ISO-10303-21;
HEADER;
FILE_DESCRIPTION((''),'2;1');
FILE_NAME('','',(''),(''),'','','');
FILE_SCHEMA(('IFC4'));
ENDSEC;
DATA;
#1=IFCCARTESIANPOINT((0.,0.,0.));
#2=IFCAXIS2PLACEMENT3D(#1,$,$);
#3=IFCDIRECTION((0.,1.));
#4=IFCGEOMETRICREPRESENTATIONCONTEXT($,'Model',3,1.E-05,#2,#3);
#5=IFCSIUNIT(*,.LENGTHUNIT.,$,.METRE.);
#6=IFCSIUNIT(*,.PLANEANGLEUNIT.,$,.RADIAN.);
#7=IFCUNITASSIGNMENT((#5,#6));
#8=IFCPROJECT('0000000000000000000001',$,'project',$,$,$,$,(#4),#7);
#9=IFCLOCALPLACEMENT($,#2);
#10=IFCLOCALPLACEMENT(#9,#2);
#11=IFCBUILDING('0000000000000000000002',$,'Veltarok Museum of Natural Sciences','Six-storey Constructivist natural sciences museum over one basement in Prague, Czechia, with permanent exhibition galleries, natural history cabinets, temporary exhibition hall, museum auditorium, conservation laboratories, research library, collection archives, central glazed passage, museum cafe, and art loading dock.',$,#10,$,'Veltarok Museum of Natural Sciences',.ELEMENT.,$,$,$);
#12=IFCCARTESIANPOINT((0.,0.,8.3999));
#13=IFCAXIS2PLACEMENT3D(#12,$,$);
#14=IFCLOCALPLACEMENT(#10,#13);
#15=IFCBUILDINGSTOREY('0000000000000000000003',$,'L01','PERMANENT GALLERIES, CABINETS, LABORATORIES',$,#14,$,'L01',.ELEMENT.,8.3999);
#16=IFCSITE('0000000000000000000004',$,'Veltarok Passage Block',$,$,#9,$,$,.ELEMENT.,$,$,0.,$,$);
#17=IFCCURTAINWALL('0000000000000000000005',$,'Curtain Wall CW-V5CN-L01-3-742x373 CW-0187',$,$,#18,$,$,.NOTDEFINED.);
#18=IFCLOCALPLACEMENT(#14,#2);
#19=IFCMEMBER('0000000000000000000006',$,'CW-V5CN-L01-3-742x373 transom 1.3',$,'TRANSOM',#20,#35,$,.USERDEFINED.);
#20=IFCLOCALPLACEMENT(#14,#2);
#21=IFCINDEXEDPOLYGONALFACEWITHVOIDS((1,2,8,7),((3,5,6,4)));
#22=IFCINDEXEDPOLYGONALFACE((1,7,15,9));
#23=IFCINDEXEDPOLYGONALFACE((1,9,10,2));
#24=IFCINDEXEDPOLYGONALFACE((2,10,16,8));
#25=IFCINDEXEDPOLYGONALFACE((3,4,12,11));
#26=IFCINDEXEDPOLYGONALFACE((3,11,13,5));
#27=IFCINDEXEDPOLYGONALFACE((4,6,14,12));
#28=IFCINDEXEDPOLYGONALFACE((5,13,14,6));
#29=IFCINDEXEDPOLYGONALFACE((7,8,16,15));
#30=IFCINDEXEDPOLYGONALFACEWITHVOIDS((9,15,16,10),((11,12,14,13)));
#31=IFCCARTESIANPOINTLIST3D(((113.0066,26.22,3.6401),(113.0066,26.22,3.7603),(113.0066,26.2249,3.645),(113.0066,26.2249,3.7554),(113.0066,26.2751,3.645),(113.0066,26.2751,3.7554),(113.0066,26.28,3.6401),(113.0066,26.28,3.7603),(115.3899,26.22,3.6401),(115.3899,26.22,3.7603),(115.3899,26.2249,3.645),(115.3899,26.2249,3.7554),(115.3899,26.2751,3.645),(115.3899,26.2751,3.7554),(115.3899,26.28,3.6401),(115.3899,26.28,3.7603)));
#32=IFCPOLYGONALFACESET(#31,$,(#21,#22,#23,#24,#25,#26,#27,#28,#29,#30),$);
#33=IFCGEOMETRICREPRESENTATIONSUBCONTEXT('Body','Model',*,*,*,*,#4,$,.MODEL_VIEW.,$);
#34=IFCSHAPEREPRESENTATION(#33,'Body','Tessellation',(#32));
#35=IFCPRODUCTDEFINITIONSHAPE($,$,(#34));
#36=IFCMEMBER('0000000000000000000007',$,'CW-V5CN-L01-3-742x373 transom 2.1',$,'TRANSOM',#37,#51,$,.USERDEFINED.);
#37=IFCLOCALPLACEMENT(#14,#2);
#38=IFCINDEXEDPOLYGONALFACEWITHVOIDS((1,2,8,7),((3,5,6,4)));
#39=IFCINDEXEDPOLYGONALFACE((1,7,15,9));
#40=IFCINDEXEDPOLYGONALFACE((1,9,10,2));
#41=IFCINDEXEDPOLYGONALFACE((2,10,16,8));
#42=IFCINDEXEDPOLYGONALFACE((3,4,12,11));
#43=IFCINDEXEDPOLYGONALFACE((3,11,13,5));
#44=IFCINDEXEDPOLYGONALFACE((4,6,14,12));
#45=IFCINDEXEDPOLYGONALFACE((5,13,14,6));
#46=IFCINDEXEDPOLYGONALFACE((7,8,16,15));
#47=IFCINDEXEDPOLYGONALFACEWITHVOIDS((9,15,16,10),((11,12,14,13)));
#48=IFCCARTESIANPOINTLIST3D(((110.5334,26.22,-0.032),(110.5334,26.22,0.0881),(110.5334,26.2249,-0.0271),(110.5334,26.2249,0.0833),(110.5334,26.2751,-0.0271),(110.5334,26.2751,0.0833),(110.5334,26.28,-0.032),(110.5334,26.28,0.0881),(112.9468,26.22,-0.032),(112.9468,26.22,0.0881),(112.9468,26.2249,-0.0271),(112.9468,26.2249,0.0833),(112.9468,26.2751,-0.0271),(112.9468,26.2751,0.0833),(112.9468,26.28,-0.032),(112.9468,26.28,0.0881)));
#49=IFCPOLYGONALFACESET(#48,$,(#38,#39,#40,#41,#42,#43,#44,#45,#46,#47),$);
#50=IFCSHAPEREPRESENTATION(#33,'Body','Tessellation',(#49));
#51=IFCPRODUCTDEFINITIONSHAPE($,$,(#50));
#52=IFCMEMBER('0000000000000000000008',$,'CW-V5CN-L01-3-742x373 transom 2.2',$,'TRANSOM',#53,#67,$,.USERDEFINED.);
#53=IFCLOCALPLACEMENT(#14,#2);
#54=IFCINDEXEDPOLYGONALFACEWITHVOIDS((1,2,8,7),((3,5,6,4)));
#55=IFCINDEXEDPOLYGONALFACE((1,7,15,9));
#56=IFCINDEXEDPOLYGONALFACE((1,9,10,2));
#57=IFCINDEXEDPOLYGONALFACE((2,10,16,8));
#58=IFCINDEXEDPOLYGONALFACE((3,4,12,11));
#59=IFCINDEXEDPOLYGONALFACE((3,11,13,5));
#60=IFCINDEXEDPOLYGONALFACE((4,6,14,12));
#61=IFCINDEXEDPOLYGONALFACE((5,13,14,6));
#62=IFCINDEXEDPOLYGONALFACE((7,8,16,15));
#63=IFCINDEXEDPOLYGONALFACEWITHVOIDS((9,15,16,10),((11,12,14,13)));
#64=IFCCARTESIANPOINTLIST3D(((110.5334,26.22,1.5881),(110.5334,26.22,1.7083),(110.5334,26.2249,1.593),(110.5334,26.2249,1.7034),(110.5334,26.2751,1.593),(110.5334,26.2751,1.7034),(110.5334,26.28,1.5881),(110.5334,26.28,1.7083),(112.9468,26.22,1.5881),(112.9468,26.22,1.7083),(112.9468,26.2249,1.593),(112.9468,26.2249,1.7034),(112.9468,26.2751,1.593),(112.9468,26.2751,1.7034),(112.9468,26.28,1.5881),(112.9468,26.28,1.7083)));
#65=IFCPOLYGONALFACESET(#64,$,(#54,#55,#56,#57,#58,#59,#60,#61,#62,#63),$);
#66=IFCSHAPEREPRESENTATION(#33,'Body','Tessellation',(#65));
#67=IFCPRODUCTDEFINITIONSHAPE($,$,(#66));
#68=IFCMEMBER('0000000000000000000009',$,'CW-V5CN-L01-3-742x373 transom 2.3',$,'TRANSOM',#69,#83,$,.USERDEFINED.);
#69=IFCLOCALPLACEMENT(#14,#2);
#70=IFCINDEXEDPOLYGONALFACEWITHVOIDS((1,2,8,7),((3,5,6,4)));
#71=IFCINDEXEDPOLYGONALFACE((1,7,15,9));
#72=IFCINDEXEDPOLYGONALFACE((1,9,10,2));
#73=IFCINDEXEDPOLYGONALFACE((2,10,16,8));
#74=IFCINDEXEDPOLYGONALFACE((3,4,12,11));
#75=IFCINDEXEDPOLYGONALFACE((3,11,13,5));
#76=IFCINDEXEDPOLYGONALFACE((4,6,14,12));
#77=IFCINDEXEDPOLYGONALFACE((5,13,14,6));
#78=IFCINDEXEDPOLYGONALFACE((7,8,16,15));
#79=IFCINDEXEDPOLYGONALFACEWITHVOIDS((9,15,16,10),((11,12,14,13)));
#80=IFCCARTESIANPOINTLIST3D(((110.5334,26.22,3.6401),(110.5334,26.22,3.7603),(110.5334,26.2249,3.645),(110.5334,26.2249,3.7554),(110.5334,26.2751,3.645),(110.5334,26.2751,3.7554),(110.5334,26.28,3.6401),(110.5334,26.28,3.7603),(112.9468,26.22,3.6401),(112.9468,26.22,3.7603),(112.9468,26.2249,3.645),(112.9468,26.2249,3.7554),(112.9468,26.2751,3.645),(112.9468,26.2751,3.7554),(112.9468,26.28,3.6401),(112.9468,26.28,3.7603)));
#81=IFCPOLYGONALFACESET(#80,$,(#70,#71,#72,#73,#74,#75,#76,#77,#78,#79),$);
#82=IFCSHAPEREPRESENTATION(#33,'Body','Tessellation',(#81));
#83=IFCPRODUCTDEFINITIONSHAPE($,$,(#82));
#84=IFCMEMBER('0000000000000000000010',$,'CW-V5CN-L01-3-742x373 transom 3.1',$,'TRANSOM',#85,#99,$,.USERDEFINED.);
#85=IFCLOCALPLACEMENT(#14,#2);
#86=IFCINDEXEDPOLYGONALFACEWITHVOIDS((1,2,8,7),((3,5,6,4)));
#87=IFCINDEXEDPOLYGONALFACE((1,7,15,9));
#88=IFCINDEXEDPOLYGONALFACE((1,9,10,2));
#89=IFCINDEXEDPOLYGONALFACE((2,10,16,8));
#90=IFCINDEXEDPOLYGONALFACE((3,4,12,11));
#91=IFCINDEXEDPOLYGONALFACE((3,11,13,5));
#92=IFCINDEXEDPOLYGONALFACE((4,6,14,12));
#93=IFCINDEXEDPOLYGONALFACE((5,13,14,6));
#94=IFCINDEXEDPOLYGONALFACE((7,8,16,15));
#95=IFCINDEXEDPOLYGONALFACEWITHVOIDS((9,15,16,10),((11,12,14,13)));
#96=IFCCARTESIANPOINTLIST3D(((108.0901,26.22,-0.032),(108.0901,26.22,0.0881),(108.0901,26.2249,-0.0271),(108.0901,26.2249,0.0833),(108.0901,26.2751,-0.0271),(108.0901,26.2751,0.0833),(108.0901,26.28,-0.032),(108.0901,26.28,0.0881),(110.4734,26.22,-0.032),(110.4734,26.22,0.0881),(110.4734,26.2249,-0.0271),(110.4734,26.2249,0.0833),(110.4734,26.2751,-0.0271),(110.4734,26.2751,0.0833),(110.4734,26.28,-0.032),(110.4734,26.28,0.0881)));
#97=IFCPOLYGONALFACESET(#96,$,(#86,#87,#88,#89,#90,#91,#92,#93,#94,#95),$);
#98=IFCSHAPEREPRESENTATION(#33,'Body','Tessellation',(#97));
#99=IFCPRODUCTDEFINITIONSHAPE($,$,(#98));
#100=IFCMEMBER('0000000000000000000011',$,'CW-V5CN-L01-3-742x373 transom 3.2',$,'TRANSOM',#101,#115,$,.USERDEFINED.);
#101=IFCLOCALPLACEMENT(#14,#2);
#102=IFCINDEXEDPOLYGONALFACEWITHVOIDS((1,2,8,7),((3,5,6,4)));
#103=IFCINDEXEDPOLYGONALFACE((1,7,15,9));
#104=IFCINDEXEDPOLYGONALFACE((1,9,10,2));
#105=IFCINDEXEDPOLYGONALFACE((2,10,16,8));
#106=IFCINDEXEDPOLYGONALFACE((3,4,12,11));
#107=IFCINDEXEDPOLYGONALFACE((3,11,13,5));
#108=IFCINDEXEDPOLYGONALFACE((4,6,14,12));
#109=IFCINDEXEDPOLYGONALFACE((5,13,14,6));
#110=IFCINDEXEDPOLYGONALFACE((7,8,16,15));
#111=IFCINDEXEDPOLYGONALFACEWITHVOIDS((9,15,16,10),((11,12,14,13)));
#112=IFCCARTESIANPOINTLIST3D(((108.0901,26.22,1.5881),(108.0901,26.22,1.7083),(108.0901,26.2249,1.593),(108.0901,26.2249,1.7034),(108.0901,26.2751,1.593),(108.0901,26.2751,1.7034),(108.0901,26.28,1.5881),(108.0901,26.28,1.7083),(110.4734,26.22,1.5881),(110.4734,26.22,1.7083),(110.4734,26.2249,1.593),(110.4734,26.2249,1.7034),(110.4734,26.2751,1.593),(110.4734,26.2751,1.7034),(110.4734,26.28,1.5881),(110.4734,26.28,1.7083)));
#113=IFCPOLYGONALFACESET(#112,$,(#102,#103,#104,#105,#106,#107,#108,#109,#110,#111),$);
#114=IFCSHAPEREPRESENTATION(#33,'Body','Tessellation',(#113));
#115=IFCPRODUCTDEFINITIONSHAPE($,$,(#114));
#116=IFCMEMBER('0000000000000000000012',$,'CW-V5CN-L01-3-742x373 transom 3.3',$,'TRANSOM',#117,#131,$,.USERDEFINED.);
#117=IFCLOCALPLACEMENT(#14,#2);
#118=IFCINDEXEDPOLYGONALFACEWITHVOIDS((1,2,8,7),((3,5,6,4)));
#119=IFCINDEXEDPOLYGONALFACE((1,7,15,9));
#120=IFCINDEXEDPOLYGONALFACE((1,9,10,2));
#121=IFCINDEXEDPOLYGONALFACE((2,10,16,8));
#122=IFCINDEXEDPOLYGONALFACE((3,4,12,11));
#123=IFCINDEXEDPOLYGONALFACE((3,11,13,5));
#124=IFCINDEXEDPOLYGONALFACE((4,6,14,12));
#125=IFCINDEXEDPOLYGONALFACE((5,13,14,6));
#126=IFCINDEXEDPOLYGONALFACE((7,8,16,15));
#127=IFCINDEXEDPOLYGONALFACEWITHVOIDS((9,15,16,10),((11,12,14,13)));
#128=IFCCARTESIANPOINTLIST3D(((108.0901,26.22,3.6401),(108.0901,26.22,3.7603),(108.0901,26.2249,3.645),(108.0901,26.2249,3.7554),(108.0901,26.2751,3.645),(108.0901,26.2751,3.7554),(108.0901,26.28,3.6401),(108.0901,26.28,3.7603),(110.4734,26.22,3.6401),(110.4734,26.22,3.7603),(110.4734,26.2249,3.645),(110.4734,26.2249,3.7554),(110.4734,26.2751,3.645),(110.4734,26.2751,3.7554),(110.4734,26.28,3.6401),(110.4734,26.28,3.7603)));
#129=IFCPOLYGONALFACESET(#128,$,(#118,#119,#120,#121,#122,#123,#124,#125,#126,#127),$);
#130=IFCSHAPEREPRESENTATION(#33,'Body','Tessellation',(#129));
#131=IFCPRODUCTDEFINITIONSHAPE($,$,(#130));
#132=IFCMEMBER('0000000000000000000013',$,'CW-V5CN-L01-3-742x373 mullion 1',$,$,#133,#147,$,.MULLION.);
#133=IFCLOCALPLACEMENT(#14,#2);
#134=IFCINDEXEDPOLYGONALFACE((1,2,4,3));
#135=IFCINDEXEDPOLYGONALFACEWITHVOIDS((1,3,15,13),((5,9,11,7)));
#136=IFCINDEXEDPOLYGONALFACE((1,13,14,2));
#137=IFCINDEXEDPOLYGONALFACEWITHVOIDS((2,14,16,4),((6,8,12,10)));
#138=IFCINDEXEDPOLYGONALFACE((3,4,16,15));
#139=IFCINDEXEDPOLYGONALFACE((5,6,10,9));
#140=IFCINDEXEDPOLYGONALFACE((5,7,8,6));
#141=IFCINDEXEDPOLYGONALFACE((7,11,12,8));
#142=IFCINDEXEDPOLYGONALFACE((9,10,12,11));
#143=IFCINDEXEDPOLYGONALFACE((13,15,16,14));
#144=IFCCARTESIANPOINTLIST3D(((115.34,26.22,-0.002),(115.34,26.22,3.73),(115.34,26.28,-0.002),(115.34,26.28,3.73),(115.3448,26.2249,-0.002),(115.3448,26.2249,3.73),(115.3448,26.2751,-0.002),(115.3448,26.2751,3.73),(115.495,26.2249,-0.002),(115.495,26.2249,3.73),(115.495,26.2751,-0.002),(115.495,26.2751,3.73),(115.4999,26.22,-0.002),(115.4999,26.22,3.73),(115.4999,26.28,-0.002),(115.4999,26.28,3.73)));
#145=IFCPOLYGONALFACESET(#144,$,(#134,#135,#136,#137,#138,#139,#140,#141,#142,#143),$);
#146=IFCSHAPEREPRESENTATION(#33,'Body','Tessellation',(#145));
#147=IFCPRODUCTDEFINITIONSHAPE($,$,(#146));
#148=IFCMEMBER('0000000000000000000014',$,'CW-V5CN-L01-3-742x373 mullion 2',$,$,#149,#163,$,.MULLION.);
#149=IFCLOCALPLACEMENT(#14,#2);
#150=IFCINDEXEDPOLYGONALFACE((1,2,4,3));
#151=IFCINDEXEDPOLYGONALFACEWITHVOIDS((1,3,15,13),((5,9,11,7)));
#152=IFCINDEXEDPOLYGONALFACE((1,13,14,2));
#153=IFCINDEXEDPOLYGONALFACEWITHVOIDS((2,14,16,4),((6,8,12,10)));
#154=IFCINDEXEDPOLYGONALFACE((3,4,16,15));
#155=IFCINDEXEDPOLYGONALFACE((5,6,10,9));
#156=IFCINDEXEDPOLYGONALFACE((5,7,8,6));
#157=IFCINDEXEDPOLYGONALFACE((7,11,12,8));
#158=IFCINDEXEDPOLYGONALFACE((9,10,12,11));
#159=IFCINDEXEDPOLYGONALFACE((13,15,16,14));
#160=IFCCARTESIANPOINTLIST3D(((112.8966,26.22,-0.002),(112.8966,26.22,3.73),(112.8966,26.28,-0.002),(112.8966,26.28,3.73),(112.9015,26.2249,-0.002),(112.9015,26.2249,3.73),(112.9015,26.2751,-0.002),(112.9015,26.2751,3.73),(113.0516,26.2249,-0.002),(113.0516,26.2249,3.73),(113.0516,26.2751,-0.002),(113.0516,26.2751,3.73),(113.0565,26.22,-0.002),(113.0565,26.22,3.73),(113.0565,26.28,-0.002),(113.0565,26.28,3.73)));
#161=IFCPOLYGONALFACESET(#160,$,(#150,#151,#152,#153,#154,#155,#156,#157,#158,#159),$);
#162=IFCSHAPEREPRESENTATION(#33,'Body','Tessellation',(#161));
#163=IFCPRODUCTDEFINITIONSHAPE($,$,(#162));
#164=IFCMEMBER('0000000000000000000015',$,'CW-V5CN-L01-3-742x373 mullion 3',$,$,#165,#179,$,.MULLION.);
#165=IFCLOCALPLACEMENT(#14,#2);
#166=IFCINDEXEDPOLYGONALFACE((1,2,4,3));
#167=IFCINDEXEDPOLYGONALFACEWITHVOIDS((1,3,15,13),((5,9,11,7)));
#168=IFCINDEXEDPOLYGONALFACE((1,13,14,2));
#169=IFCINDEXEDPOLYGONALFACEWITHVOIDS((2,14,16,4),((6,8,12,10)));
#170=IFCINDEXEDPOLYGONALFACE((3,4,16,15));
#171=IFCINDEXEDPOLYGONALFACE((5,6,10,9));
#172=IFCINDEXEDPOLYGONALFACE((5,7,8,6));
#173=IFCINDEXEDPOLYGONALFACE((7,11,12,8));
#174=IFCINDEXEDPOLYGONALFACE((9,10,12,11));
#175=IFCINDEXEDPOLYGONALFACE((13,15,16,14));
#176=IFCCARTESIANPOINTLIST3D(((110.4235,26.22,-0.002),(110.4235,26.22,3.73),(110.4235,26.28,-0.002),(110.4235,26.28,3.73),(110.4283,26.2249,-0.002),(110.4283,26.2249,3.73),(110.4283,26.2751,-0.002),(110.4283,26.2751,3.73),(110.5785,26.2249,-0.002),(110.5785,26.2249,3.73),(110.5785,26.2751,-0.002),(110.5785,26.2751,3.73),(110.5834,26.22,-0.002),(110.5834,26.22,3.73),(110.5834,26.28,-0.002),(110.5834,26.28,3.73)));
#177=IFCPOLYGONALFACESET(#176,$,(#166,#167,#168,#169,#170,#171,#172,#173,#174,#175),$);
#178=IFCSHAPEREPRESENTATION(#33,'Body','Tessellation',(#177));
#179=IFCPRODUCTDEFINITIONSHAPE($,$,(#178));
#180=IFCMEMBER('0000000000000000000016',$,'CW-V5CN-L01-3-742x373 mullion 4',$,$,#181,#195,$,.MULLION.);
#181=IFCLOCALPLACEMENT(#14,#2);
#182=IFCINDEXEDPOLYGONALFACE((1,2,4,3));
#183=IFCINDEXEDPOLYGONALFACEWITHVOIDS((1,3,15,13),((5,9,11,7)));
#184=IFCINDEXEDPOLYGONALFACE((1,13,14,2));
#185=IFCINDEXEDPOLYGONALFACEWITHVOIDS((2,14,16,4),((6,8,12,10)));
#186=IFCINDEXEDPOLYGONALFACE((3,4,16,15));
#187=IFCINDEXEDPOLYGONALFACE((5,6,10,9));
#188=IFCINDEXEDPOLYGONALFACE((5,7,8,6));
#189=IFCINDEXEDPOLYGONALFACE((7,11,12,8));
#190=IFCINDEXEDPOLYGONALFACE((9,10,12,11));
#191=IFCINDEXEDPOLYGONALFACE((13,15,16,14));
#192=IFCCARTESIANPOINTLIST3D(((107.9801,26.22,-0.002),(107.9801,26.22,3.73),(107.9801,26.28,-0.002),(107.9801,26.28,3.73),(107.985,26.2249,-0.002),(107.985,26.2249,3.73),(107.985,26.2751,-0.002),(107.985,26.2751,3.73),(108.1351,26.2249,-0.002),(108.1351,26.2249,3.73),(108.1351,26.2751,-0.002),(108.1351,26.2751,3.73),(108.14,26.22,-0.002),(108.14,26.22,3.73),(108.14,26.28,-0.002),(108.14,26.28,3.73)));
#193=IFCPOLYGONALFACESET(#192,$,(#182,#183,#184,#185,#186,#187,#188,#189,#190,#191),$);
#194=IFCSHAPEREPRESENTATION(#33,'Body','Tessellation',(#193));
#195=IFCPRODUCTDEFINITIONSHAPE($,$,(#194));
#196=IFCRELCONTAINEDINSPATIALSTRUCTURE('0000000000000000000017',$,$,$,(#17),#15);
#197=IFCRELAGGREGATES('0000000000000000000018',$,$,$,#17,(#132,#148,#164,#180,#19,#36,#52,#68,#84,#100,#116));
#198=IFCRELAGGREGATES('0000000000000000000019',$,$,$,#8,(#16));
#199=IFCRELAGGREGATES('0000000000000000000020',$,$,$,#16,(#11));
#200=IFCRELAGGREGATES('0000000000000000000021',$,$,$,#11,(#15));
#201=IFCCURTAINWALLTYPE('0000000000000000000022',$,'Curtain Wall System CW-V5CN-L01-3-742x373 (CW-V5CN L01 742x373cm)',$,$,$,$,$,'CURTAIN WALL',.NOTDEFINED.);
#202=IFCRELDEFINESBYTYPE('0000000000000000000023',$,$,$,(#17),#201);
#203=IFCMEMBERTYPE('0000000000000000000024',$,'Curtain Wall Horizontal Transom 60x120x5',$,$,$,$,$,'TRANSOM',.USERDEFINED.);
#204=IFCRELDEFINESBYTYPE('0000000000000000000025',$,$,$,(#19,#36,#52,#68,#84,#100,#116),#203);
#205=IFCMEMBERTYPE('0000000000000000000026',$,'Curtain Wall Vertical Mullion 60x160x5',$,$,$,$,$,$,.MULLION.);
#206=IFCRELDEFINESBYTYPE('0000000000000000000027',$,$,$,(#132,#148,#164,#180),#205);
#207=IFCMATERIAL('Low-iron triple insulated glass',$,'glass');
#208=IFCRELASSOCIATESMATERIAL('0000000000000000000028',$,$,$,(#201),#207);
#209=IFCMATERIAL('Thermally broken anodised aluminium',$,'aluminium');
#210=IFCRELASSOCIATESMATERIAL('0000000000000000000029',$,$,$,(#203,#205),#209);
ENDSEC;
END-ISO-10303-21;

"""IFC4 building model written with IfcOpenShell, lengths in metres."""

from ifc_helpers import new_model, si_unit, direction, frame, origin, origin_2d, place, context, subcontext, project, spatial, hollow_rectangle, extrude, material, material_profile, profile_set, type_object, element, aggregate, save


model = new_model("IFC4")

# Units and contexts
model_context = context("Model", 3, precision=1e-05, world=origin(), true_north=direction((0.0, 1.0)))
body_context = subcontext(model_context, "Body", "Model", "MODEL_VIEW")
ifc_project = project(units=[si_unit("LENGTHUNIT", "METRE"), si_unit("PLANEANGLEUNIT", "RADIAN")], contexts=[model_context])

# Site, building, storey
site_placement = place(None, origin())
site = spatial("IfcSite", under=ifc_project, at=site_placement, Name="Veltarok Passage Block", CompositionType="ELEMENT", RefElevation=0.0)
building_placement = place(site_placement, origin())
building = spatial("IfcBuilding", under=site, at=building_placement, Name="Veltarok Museum of Natural Sciences", Description="Six-storey Constructivist natural sciences museum over one basement in Prague, Czechia, with permanent exhibition galleries, natural history cabinets, temporary exhibition hall, museum auditorium, conservation laboratories, research library, collection archives, central glazed passage, museum cafe, and art loading dock.", LongName="Veltarok Museum of Natural Sciences", CompositionType="ELEMENT")
storey_placement = place(building_placement, frame((0.0, 0.0, 8.3999)))
storey = spatial("IfcBuildingStorey", under=building, at=storey_placement, Name="L01", Description="PERMANENT GALLERIES, CABINETS, LABORATORIES", LongName="L01", CompositionType="ELEMENT", Elevation=8.3999)

# Curtain wall, members
ifc_material_1 = material(Name="Low-iron triple insulated glass", Category="glass")
curtain_wall_type_1 = type_object("IfcCurtainWallType", Name="Curtain Wall System CW-V5CN-L01-3-742x373 (CW-V5CN L01 742x373cm)", ElementType="CURTAIN WALL", PredefinedType="NOTDEFINED", material=ifc_material_1)
curtain_wall_1_placement = place(storey_placement, origin())
curtain_wall_1 = element("IfcCurtainWall", 1, at=curtain_wall_1_placement, inside=storey, type_object=curtain_wall_type_1, Name="Curtain Wall CW-V5CN-L01-3-742x373 CW-0187", PredefinedType="NOTDEFINED")
ifc_material_2 = material(Name="Thermally broken anodised aluminium", Category="aluminium")
ifc_material_profile_1 = material_profile(ifc_material_2, hollow_rectangle(XDim=0.0601, YDim=0.1201, WallThickness=0.0049, at=origin_2d()), Name="CW TRANSOM 60x120x5")
ifc_profile_set_1 = profile_set([ifc_material_profile_1], Name="Thermally broken anodised aluminium")
member_type_1 = type_object("IfcMemberType", Name="Curtain Wall Horizontal Transom 60x120x5", ElementType="TRANSOM", PredefinedType="USERDEFINED", material=ifc_profile_set_1)
member_1_placement = place(storey_placement, frame((115.3899, 26.25, 3.7002), z_axis=(-1.0, 0.0, 0.0), x_axis=(0.0, -1.0, 0.0)))
member_1 = element("IfcMember", 2, at=member_1_placement, type_object=member_type_1, Name="CW-V5CN-L01-3-742x373 transom 1.3", ObjectType="TRANSOM", PredefinedType="USERDEFINED", context=body_context, shape_type="SweptSolid", body=[
    extrude(hollow_rectangle(XDim=0.0601, YDim=0.1201, WallThickness=0.0049, at=origin_2d()), origin(), (0.0, 0.0, 1.0), 2.3833),
])
member_2_placement = place(storey_placement, frame((112.9468, 26.25, 0.0281), z_axis=(-1.0, 0.0, 0.0), x_axis=(0.0, -1.0, 0.0)))
member_2 = element("IfcMember", 3, at=member_2_placement, type_object=member_type_1, Name="CW-V5CN-L01-3-742x373 transom 2.1", ObjectType="TRANSOM", PredefinedType="USERDEFINED", context=body_context, shape_type="SweptSolid", body=[
    extrude(hollow_rectangle(XDim=0.0601, YDim=0.1201, WallThickness=0.0049, at=origin_2d()), origin(), (0.0, 0.0, 1.0), 2.4133),
])
member_3_placement = place(storey_placement, frame((112.9468, 26.25, 1.6482), z_axis=(-1.0, 0.0, 0.0), x_axis=(0.0, -1.0, 0.0)))
member_3 = element("IfcMember", 4, at=member_3_placement, type_object=member_type_1, Name="CW-V5CN-L01-3-742x373 transom 2.2", ObjectType="TRANSOM", PredefinedType="USERDEFINED", context=body_context, shape_type="SweptSolid", body=[
    extrude(hollow_rectangle(XDim=0.0601, YDim=0.1201, WallThickness=0.0049, at=origin_2d()), origin(), (0.0, 0.0, 1.0), 2.4133),
])
member_4_placement = place(storey_placement, frame((112.9468, 26.25, 3.7002), z_axis=(-1.0, 0.0, 0.0), x_axis=(0.0, -1.0, 0.0)))
member_4 = element("IfcMember", 5, at=member_4_placement, type_object=member_type_1, Name="CW-V5CN-L01-3-742x373 transom 2.3", ObjectType="TRANSOM", PredefinedType="USERDEFINED", context=body_context, shape_type="SweptSolid", body=[
    extrude(hollow_rectangle(XDim=0.0601, YDim=0.1201, WallThickness=0.0049, at=origin_2d()), origin(), (0.0, 0.0, 1.0), 2.4133),
])
member_5_placement = place(storey_placement, frame((110.4734, 26.25, 0.0281), z_axis=(-1.0, 0.0, 0.0), x_axis=(0.0, -1.0, 0.0)))
member_5 = element("IfcMember", 6, at=member_5_placement, type_object=member_type_1, Name="CW-V5CN-L01-3-742x373 transom 3.1", ObjectType="TRANSOM", PredefinedType="USERDEFINED", context=body_context, shape_type="SweptSolid", body=[
    extrude(hollow_rectangle(XDim=0.0601, YDim=0.1201, WallThickness=0.0049, at=origin_2d()), origin(), (0.0, 0.0, 1.0), 2.3833),
])
member_6_placement = place(storey_placement, frame((110.4734, 26.25, 1.6482), z_axis=(-1.0, 0.0, 0.0), x_axis=(0.0, -1.0, 0.0)))
member_6 = element("IfcMember", 7, at=member_6_placement, type_object=member_type_1, Name="CW-V5CN-L01-3-742x373 transom 3.2", ObjectType="TRANSOM", PredefinedType="USERDEFINED", context=body_context, shape_type="SweptSolid", body=[
    extrude(hollow_rectangle(XDim=0.0601, YDim=0.1201, WallThickness=0.0049, at=origin_2d()), origin(), (0.0, 0.0, 1.0), 2.3833),
])
member_7_placement = place(storey_placement, frame((110.4734, 26.25, 3.7002), z_axis=(-1.0, 0.0, 0.0), x_axis=(0.0, -1.0, 0.0)))
member_7 = element("IfcMember", 8, at=member_7_placement, type_object=member_type_1, Name="CW-V5CN-L01-3-742x373 transom 3.3", ObjectType="TRANSOM", PredefinedType="USERDEFINED", context=body_context, shape_type="SweptSolid", body=[
    extrude(hollow_rectangle(XDim=0.0601, YDim=0.1201, WallThickness=0.0049, at=origin_2d()), origin(), (0.0, 0.0, 1.0), 2.3833),
])
ifc_material_profile_2 = material_profile(ifc_material_2, hollow_rectangle(XDim=0.0601, YDim=0.1599, WallThickness=0.0049, at=origin_2d()), Name="CW MULLION 60x160x5")
ifc_profile_set_2 = profile_set([ifc_material_profile_2], Name="Thermally broken anodised aluminium")
member_type_2 = type_object("IfcMemberType", Name="Curtain Wall Vertical Mullion 60x160x5", PredefinedType="MULLION", material=ifc_profile_set_2)
member_8_placement = place(storey_placement, frame((115.4199, 26.25, -0.002), z_axis=(0.0, 0.0, 1.0), x_axis=(0.0, -1.0, 0.0)))
member_8 = element("IfcMember", 9, at=member_8_placement, type_object=member_type_2, Name="CW-V5CN-L01-3-742x373 mullion 1", PredefinedType="MULLION", context=body_context, shape_type="SweptSolid", body=[
    extrude(hollow_rectangle(XDim=0.0601, YDim=0.1599, WallThickness=0.0049, at=origin_2d()), origin(), (0.0, 0.0, 1.0), 3.7319),
])
member_9_placement = place(storey_placement, frame((112.9766, 26.25, -0.002), z_axis=(0.0, 0.0, 1.0), x_axis=(0.0, -1.0, 0.0)))
member_9 = element("IfcMember", 10, at=member_9_placement, type_object=member_type_2, Name="CW-V5CN-L01-3-742x373 mullion 2", PredefinedType="MULLION", context=body_context, shape_type="SweptSolid", body=[
    extrude(hollow_rectangle(XDim=0.0601, YDim=0.1599, WallThickness=0.0049, at=origin_2d()), origin(), (0.0, 0.0, 1.0), 3.7319),
])
member_10_placement = place(storey_placement, frame((110.5034, 26.25, -0.002), z_axis=(0.0, 0.0, 1.0), x_axis=(0.0, -1.0, 0.0)))
member_10 = element("IfcMember", 11, at=member_10_placement, type_object=member_type_2, Name="CW-V5CN-L01-3-742x373 mullion 3", PredefinedType="MULLION", context=body_context, shape_type="SweptSolid", body=[
    extrude(hollow_rectangle(XDim=0.0601, YDim=0.1599, WallThickness=0.0049, at=origin_2d()), origin(), (0.0, 0.0, 1.0), 3.7319),
])
member_11_placement = place(storey_placement, frame((108.0601, 26.25, -0.002), z_axis=(0.0, 0.0, 1.0), x_axis=(0.0, -1.0, 0.0)))
member_11 = element("IfcMember", 12, at=member_11_placement, type_object=member_type_2, Name="CW-V5CN-L01-3-742x373 mullion 4", PredefinedType="MULLION", context=body_context, shape_type="SweptSolid", body=[
    extrude(hollow_rectangle(XDim=0.0601, YDim=0.1599, WallThickness=0.0049, at=origin_2d()), origin(), (0.0, 0.0, 1.0), 3.7319),
])

aggregate(curtain_wall_1, [member_8, member_9, member_10, member_11, member_1, member_2, member_3, member_4, member_5, member_6, member_7])

save(model, "model.ifc")
